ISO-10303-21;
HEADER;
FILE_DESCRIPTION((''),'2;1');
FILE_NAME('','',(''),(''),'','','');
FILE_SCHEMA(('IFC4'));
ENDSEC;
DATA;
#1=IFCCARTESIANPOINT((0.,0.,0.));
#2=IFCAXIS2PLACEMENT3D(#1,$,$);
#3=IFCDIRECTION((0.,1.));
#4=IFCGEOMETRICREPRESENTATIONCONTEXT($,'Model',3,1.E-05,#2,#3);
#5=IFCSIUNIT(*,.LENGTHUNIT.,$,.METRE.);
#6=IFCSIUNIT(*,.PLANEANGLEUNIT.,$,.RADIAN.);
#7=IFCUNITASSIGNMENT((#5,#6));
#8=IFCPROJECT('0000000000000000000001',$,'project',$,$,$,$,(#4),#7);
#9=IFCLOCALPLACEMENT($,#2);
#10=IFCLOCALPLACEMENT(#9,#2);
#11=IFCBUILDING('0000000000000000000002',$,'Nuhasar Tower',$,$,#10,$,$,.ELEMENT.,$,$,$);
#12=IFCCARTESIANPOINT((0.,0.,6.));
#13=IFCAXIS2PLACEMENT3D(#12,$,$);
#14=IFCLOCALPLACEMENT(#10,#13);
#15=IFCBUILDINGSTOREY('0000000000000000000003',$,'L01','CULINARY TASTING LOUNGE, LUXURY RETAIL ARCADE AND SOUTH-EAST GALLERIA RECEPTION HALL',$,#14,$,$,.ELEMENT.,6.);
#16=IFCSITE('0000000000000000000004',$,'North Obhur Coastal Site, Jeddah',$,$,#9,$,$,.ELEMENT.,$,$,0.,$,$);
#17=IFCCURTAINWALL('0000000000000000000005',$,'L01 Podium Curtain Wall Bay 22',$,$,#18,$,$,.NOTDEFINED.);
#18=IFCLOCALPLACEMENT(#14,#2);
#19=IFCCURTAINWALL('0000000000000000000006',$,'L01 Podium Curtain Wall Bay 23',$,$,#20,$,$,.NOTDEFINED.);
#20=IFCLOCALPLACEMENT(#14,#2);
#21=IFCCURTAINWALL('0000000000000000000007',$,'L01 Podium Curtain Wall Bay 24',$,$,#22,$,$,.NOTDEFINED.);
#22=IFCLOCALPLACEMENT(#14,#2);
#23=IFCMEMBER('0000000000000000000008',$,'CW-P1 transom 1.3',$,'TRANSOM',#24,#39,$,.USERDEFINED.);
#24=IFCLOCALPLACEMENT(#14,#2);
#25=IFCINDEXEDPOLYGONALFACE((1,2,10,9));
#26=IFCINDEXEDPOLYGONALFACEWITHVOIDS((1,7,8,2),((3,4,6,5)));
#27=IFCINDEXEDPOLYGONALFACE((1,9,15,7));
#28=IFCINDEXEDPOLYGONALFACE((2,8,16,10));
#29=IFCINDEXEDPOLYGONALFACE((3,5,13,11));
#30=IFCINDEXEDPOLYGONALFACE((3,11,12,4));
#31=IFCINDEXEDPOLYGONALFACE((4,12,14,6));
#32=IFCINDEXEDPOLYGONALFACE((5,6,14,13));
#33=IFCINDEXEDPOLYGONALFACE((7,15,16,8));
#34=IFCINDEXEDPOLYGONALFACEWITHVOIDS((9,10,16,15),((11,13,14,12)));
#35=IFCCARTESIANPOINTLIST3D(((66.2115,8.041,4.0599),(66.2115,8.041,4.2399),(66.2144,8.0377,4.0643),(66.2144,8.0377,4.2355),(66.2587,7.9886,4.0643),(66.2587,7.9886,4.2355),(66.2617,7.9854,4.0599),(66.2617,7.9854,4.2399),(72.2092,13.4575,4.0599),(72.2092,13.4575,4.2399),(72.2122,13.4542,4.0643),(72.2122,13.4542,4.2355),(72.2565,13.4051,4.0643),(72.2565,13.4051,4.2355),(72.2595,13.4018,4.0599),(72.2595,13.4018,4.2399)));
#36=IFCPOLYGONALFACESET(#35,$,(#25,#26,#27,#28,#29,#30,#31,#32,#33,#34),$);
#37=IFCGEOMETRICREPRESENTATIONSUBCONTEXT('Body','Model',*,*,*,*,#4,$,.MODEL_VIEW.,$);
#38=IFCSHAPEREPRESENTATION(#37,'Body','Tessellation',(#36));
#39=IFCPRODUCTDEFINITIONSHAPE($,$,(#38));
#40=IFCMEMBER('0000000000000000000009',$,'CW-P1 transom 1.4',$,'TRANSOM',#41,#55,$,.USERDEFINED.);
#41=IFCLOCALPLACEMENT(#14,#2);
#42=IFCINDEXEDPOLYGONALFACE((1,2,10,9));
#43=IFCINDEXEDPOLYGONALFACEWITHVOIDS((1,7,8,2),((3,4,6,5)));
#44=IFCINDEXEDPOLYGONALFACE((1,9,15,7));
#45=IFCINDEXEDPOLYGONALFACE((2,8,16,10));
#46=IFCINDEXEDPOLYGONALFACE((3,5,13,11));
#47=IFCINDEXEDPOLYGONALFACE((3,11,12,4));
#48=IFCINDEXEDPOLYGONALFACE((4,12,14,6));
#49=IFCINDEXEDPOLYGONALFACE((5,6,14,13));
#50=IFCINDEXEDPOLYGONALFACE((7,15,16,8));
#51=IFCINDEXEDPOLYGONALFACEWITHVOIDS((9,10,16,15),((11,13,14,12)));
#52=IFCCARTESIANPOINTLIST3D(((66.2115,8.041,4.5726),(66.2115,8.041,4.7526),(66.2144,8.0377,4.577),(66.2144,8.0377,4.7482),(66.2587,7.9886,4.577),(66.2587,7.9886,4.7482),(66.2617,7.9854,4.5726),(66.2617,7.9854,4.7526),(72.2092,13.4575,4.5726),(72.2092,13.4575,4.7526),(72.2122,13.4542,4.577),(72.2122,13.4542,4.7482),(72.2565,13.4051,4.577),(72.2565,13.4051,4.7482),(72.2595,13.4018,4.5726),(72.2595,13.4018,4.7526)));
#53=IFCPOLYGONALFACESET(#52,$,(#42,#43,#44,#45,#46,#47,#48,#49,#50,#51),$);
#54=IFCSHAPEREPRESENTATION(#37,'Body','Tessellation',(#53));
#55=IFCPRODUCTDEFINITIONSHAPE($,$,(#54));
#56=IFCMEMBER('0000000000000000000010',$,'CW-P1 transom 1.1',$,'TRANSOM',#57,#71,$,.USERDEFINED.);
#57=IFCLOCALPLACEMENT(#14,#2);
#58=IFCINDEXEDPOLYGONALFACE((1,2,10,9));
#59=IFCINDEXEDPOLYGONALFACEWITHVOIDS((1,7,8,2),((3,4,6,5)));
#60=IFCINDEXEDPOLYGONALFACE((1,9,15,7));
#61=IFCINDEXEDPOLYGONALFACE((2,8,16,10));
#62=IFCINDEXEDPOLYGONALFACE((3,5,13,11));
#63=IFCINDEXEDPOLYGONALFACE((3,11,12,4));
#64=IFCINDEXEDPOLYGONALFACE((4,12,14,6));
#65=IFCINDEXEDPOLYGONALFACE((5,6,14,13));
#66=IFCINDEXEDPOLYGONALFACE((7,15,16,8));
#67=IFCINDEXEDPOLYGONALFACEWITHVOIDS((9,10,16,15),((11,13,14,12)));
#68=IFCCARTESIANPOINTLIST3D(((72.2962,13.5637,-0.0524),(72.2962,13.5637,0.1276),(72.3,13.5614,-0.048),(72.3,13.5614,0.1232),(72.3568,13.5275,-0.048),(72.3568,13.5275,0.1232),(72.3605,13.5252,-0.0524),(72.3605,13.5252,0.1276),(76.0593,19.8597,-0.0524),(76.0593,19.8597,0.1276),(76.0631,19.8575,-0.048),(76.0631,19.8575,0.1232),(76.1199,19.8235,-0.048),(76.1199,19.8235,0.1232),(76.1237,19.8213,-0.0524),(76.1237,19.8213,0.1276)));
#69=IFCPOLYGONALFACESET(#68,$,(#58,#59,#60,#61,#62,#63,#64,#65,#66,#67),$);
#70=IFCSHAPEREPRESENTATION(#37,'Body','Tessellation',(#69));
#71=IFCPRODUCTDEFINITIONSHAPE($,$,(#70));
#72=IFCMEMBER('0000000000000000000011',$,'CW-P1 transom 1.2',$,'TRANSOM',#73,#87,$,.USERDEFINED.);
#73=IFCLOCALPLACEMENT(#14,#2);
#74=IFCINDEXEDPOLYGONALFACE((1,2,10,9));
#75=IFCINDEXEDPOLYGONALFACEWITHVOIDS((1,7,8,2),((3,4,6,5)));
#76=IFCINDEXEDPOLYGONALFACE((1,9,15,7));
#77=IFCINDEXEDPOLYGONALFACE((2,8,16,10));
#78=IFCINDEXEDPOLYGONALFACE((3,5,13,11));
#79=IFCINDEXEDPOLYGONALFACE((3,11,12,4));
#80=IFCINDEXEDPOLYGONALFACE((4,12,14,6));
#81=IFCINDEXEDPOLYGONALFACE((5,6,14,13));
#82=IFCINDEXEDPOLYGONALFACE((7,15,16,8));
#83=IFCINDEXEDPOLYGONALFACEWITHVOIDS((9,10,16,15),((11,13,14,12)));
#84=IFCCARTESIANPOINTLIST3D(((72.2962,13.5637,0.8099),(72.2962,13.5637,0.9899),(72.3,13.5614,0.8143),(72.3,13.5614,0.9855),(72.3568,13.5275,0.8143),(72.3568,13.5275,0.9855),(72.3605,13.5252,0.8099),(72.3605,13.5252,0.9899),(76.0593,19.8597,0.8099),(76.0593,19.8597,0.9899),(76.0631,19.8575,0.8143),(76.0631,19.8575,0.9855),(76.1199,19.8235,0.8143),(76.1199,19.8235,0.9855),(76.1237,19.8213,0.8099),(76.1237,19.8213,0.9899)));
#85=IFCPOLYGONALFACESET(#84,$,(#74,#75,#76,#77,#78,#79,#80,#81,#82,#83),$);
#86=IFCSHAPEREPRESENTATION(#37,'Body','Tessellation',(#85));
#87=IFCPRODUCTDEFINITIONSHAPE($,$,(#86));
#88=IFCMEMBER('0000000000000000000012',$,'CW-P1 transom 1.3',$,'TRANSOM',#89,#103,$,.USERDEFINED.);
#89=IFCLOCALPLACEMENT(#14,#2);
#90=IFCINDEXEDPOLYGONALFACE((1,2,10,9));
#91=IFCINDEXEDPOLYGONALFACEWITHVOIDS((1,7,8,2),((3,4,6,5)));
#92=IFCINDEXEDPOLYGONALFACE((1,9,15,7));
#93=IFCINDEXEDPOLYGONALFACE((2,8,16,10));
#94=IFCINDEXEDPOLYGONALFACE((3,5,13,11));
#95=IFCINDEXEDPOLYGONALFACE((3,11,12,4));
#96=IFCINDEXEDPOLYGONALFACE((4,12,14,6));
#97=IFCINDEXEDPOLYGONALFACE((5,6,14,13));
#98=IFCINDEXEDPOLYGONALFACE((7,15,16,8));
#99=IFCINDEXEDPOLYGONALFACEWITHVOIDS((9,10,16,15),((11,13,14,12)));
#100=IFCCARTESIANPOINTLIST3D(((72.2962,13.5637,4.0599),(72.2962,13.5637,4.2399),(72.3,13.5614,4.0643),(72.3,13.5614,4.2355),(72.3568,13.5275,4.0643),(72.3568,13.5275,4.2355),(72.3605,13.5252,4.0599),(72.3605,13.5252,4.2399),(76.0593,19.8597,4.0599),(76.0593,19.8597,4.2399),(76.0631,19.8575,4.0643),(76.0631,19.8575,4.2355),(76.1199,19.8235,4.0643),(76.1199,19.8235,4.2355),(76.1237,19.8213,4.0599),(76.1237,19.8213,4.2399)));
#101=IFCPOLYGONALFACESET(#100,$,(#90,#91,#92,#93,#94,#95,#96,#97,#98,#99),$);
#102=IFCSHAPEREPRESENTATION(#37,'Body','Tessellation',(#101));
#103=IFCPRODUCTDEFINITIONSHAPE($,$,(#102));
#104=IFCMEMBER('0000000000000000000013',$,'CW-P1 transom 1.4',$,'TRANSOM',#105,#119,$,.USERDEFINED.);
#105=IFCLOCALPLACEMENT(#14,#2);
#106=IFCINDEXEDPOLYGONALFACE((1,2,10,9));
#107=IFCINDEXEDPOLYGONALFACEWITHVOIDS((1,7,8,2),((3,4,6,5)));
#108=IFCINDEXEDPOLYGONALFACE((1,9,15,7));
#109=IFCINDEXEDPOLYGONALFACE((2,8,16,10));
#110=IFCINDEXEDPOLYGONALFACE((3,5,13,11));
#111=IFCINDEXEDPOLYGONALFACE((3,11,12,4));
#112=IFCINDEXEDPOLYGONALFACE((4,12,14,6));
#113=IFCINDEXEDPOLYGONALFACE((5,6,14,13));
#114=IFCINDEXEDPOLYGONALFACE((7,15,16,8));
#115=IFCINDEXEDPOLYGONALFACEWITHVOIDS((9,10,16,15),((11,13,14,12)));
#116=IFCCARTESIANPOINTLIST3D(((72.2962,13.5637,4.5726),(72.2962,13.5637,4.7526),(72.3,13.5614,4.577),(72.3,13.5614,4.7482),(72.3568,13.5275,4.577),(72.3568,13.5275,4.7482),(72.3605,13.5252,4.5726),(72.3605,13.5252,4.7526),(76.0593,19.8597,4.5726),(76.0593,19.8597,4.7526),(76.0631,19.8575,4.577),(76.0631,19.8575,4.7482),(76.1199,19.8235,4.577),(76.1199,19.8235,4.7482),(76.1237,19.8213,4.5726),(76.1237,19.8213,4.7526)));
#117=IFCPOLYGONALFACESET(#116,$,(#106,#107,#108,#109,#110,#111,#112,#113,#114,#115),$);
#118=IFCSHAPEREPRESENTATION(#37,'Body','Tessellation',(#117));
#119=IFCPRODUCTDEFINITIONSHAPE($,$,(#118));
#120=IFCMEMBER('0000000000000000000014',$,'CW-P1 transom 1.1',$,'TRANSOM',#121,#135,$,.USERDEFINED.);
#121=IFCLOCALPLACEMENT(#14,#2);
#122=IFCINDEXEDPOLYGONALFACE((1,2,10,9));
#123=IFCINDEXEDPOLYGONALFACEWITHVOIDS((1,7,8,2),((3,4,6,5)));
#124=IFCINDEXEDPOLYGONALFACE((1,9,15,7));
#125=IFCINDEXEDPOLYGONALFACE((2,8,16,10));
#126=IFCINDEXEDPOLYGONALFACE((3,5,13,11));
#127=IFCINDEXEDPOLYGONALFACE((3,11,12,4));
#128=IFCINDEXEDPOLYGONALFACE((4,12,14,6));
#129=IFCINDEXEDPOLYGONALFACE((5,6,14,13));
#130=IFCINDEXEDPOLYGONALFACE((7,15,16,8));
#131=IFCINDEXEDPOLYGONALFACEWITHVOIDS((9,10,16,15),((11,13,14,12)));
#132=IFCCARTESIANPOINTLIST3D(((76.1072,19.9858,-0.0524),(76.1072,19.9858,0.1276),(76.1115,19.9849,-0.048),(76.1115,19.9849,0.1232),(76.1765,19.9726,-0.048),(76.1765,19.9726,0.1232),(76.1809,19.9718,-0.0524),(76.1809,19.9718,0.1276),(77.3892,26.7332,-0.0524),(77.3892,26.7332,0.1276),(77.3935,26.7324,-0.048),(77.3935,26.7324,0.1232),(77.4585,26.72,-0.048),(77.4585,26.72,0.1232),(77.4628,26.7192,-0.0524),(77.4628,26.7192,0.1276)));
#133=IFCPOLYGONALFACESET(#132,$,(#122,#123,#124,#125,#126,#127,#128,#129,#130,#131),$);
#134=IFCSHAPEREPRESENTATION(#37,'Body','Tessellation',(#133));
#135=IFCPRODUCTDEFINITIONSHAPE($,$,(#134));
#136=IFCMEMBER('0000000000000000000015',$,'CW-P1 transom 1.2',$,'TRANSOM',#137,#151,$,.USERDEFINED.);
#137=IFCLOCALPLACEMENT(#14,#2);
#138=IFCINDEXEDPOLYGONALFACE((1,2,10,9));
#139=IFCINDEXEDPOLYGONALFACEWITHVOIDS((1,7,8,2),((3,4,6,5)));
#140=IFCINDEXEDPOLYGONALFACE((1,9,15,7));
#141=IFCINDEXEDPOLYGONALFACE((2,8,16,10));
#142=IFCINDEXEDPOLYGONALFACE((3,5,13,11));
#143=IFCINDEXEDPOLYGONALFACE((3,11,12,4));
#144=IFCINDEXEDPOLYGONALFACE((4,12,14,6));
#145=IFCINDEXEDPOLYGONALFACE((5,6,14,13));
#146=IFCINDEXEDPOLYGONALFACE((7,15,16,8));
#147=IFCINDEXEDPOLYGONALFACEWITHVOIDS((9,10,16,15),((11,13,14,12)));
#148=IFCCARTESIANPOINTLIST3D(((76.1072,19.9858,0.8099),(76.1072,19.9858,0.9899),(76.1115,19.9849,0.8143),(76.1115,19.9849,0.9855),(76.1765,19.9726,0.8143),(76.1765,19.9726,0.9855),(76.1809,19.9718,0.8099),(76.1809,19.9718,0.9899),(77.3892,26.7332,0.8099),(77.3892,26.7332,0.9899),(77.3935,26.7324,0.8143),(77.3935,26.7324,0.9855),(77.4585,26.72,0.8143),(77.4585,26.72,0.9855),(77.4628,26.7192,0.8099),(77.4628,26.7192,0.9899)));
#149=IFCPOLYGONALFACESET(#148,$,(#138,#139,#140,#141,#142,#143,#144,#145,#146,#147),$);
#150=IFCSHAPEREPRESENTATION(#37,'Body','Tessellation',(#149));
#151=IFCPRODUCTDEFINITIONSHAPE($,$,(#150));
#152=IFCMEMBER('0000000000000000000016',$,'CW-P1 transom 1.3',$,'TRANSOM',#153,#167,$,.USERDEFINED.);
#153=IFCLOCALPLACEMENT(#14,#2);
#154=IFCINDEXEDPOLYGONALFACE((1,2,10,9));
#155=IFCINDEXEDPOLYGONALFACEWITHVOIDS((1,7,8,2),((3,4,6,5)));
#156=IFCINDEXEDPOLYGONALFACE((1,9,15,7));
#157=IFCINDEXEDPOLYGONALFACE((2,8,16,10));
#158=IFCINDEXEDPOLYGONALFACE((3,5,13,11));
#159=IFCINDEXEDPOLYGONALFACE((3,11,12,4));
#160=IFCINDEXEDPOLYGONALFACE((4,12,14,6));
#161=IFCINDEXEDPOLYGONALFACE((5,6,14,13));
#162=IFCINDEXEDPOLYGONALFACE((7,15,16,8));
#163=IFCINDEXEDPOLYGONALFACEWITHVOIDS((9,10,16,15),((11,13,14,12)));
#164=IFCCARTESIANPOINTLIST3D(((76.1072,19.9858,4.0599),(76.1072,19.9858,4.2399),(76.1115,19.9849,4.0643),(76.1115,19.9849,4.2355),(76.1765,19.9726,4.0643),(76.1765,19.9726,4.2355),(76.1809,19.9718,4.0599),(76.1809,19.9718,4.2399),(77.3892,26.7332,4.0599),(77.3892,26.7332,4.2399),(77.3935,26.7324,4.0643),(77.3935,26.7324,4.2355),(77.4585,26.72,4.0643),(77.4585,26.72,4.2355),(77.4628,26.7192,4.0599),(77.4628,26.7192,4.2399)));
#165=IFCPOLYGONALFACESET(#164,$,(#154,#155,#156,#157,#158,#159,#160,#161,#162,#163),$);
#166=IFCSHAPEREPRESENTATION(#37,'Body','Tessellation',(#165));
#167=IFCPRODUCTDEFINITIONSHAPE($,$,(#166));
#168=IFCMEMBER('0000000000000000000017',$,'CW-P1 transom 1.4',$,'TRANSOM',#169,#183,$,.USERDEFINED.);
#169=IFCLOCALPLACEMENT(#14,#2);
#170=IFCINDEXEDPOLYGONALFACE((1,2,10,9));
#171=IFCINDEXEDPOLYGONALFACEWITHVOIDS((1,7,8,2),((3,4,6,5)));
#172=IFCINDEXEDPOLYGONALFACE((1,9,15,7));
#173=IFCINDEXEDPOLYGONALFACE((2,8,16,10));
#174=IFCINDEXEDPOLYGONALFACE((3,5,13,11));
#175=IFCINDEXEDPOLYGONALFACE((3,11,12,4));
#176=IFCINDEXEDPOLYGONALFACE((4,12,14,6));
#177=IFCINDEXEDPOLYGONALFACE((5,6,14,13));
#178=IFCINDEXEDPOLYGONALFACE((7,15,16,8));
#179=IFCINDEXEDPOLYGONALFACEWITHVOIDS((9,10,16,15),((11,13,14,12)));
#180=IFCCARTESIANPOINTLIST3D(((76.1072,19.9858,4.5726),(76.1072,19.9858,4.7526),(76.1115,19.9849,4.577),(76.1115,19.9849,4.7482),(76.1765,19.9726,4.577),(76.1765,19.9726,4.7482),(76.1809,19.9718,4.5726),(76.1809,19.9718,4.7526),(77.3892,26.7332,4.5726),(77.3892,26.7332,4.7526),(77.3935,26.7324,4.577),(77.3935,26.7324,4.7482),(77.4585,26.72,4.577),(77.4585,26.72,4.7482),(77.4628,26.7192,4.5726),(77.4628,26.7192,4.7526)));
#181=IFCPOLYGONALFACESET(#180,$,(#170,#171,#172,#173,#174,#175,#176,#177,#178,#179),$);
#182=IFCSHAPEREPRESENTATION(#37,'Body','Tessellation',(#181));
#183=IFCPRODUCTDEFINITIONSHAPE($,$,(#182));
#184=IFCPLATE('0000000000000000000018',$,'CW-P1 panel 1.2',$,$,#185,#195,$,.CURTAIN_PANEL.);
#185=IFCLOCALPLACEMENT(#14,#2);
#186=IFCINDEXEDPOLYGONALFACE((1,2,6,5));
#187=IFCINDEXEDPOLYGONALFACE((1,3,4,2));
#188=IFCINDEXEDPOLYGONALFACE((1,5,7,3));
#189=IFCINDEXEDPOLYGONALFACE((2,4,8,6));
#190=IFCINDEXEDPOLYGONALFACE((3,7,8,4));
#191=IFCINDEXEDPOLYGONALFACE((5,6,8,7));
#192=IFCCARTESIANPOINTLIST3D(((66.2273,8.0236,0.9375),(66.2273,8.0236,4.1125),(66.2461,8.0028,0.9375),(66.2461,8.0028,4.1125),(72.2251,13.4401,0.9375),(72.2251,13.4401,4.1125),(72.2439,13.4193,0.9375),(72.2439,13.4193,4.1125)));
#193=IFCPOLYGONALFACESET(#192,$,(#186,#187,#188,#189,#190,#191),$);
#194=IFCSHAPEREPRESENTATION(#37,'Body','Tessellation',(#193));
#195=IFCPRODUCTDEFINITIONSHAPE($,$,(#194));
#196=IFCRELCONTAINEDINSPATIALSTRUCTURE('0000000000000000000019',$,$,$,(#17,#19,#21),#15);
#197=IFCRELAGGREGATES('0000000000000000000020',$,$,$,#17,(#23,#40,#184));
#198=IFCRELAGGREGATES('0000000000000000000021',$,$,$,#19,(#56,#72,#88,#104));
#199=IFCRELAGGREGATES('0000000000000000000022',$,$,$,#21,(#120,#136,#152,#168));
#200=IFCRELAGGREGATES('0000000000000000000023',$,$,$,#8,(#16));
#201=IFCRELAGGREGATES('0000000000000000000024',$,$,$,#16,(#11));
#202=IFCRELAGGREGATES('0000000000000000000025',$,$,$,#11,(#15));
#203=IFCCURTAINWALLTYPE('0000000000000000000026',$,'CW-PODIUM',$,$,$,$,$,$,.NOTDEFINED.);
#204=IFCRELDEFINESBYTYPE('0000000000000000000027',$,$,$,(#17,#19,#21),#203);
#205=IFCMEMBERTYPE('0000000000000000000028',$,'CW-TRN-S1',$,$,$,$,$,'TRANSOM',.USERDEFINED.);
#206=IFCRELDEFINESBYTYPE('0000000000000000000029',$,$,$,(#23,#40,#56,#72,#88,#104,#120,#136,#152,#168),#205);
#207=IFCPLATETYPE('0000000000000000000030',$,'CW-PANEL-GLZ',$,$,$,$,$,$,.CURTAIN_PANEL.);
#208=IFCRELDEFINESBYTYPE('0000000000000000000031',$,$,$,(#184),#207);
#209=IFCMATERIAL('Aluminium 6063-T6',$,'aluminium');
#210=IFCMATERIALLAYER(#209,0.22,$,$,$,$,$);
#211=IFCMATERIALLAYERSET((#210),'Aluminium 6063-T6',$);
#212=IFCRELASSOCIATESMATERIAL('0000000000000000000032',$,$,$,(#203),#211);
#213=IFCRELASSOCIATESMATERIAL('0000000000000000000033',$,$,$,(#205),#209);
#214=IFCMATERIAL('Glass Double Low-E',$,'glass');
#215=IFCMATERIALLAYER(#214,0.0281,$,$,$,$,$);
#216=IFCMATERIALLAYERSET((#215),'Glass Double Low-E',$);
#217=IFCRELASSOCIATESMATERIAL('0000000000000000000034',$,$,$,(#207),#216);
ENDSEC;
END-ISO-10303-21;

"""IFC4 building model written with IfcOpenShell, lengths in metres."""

from ifc_helpers import new_model, si_unit, direction, frame, origin, origin_2d, place, context, subcontext, project, spatial, rectangle, hollow_rectangle, extrude, material, layer, layer_set, material_profile, profile_set, type_object, element, aggregate, save


model = new_model("IFC4")

# Units and contexts
model_context = context("Model", 3, precision=1e-05, world=origin(), true_north=direction((0.0, 1.0)))
body_context = subcontext(model_context, "Body", "Model", "MODEL_VIEW")
ifc_project = project(units=[si_unit("LENGTHUNIT", "METRE"), si_unit("PLANEANGLEUNIT", "RADIAN")], contexts=[model_context])

# Site, building, storey
site_placement = place(None, origin())
site = spatial("IfcSite", under=ifc_project, at=site_placement, Name="North Obhur Coastal Site, Jeddah", CompositionType="ELEMENT", RefElevation=0.0)
building_placement = place(site_placement, origin())
building = spatial("IfcBuilding", under=site, at=building_placement, Name="Nuhasar Tower", CompositionType="ELEMENT")
storey_placement = place(building_placement, frame((0.0, 0.0, 6.0)))
storey = spatial("IfcBuildingStorey", under=building, at=storey_placement, Name="L01", Description="CULINARY TASTING LOUNGE, LUXURY RETAIL ARCADE AND SOUTH-EAST GALLERIA RECEPTION HALL", CompositionType="ELEMENT", Elevation=6.0)

# Shared definitions
ifc_material_1 = material(Name="Aluminium 6063-T6", Category="aluminium")
ifc_layer_1 = layer(ifc_material_1, 0.22)
ifc_layer_set_1 = layer_set([ifc_layer_1], Name="Aluminium 6063-T6")
curtain_wall_type = type_object("IfcCurtainWallType", Name="CW-PODIUM", PredefinedType="NOTDEFINED", material=ifc_layer_set_1)

# Curtain walls
curtain_wall_1_placement = place(storey_placement, origin())
curtain_wall_1 = element("IfcCurtainWall", 1, at=curtain_wall_1_placement, inside=storey, type_object=curtain_wall_type, Name="L01 Podium Curtain Wall Bay 22", PredefinedType="NOTDEFINED")
curtain_wall_2_placement = place(storey_placement, origin())
curtain_wall_2 = element("IfcCurtainWall", 2, at=curtain_wall_2_placement, inside=storey, type_object=curtain_wall_type, Name="L01 Podium Curtain Wall Bay 23", PredefinedType="NOTDEFINED")

# Curtain wall
curtain_wall_3_placement = place(storey_placement, origin())
curtain_wall_3 = element("IfcCurtainWall", 3, at=curtain_wall_3_placement, inside=storey, type_object=curtain_wall_type, Name="L01 Podium Curtain Wall Bay 24", PredefinedType="NOTDEFINED")

# Members
ifc_material_profile_1 = material_profile(ifc_material_1, hollow_rectangle(XDim=0.075, YDim=0.1799, WallThickness=0.0044, at=origin_2d()), Name="CWT-1")
ifc_profile_set_1 = profile_set([ifc_material_profile_1], Name="Aluminium 6063-T6")
member_type_1 = type_object("IfcMemberType", Name="CW-TRN-S1", ElementType="TRANSOM", PredefinedType="USERDEFINED", material=ifc_profile_set_1)
member_1_placement = place(storey_placement, frame((66.2366, 8.0132, 4.1499), z_axis=(0.742156, 0.670227, 0.0), x_axis=(-0.670227, 0.742156, 0.0)))
member_1 = element("IfcMember", 4, at=member_1_placement, type_object=member_type_1, Name="CW-P1 transom 1.3", ObjectType="TRANSOM", PredefinedType="USERDEFINED", context=body_context, shape_type="SweptSolid", body=[
    extrude(hollow_rectangle(XDim=0.075, YDim=0.1799, WallThickness=0.0044, at=origin_2d()), origin(), (0.0, 0.0, 1.0), 8.0815),
])
member_2_placement = place(storey_placement, frame((66.2366, 8.0132, 4.6626), z_axis=(0.742156, 0.670227, 0.0), x_axis=(-0.670227, 0.742156, 0.0)))
member_2 = element("IfcMember", 5, at=member_2_placement, type_object=member_type_1, Name="CW-P1 transom 1.4", ObjectType="TRANSOM", PredefinedType="USERDEFINED", context=body_context, shape_type="SweptSolid", body=[
    extrude(hollow_rectangle(XDim=0.075, YDim=0.1799, WallThickness=0.0044, at=origin_2d()), origin(), (0.0, 0.0, 1.0), 8.0815),
])
member_3_placement = place(storey_placement, frame((72.3284, 13.5444, 0.0376), z_axis=(0.513041, 0.858364, 0.0), x_axis=(-0.858364, 0.513041, 0.0)))
member_3 = element("IfcMember", 6, at=member_3_placement, type_object=member_type_1, Name="CW-P1 transom 1.1", ObjectType="TRANSOM", PredefinedType="USERDEFINED", context=body_context, shape_type="SweptSolid", body=[
    extrude(hollow_rectangle(XDim=0.075, YDim=0.1799, WallThickness=0.0044, at=origin_2d()), origin(), (0.0, 0.0, 1.0), 7.335),
])
member_4_placement = place(storey_placement, frame((72.3284, 13.5444, 0.8999), z_axis=(0.513041, 0.858364, 0.0), x_axis=(-0.858364, 0.513041, 0.0)))
member_4 = element("IfcMember", 7, at=member_4_placement, type_object=member_type_1, Name="CW-P1 transom 1.2", ObjectType="TRANSOM", PredefinedType="USERDEFINED", context=body_context, shape_type="SweptSolid", body=[
    extrude(hollow_rectangle(XDim=0.075, YDim=0.1799, WallThickness=0.0044, at=origin_2d()), origin(), (0.0, 0.0, 1.0), 7.335),
])
member_5_placement = place(storey_placement, frame((72.3284, 13.5444, 4.1499), z_axis=(0.513041, 0.858364, 0.0), x_axis=(-0.858364, 0.513041, 0.0)))
member_5 = element("IfcMember", 8, at=member_5_placement, type_object=member_type_1, Name="CW-P1 transom 1.3", ObjectType="TRANSOM", PredefinedType="USERDEFINED", context=body_context, shape_type="SweptSolid", body=[
    extrude(hollow_rectangle(XDim=0.075, YDim=0.1799, WallThickness=0.0044, at=origin_2d()), origin(), (0.0, 0.0, 1.0), 7.335),
])
member_6_placement = place(storey_placement, frame((72.3284, 13.5444, 4.6626), z_axis=(0.513041, 0.858364, 0.0), x_axis=(-0.858364, 0.513041, 0.0)))
member_6 = element("IfcMember", 9, at=member_6_placement, type_object=member_type_1, Name="CW-P1 transom 1.4", ObjectType="TRANSOM", PredefinedType="USERDEFINED", context=body_context, shape_type="SweptSolid", body=[
    extrude(hollow_rectangle(XDim=0.075, YDim=0.1799, WallThickness=0.0044, at=origin_2d()), origin(), (0.0, 0.0, 1.0), 7.335),
])
member_7_placement = place(storey_placement, frame((76.144, 19.9788, 0.0376), z_axis=(0.186653, 0.982426, 0.0), x_axis=(-0.982426, 0.186653, 0.0)))
member_7 = element("IfcMember", 10, at=member_7_placement, type_object=member_type_1, Name="CW-P1 transom 1.1", ObjectType="TRANSOM", PredefinedType="USERDEFINED", context=body_context, shape_type="SweptSolid", body=[
    extrude(hollow_rectangle(XDim=0.075, YDim=0.1799, WallThickness=0.0044, at=origin_2d()), origin(), (0.0, 0.0, 1.0), 6.8682),
])
member_8_placement = place(storey_placement, frame((76.144, 19.9788, 0.8999), z_axis=(0.186653, 0.982426, 0.0), x_axis=(-0.982426, 0.186653, 0.0)))
member_8 = element("IfcMember", 11, at=member_8_placement, type_object=member_type_1, Name="CW-P1 transom 1.2", ObjectType="TRANSOM", PredefinedType="USERDEFINED", context=body_context, shape_type="SweptSolid", body=[
    extrude(hollow_rectangle(XDim=0.075, YDim=0.1799, WallThickness=0.0044, at=origin_2d()), origin(), (0.0, 0.0, 1.0), 6.8682),
])
member_9_placement = place(storey_placement, frame((76.144, 19.9788, 4.1499), z_axis=(0.186653, 0.982426, 0.0), x_axis=(-0.982426, 0.186653, 0.0)))
member_9 = element("IfcMember", 12, at=member_9_placement, type_object=member_type_1, Name="CW-P1 transom 1.3", ObjectType="TRANSOM", PredefinedType="USERDEFINED", context=body_context, shape_type="SweptSolid", body=[
    extrude(hollow_rectangle(XDim=0.075, YDim=0.1799, WallThickness=0.0044, at=origin_2d()), origin(), (0.0, 0.0, 1.0), 6.8682),
])
member_10_placement = place(storey_placement, frame((76.144, 19.9788, 4.6626), z_axis=(0.186653, 0.982426, 0.0), x_axis=(-0.982426, 0.186653, 0.0)))
member_10 = element("IfcMember", 13, at=member_10_placement, type_object=member_type_1, Name="CW-P1 transom 1.4", ObjectType="TRANSOM", PredefinedType="USERDEFINED", context=body_context, shape_type="SweptSolid", body=[
    extrude(hollow_rectangle(XDim=0.075, YDim=0.1799, WallThickness=0.0044, at=origin_2d()), origin(), (0.0, 0.0, 1.0), 6.8682),
])

# Plate
ifc_material_2 = material(Name="Glass Double Low-E", Category="glass")
ifc_layer_2 = layer(ifc_material_2, 0.0281)
ifc_layer_set_2 = layer_set([ifc_layer_2], Name="Glass Double Low-E")
plate_type_1 = type_object("IfcPlateType", Name="CW-PANEL-GLZ", PredefinedType="CURTAIN_PANEL", material=ifc_layer_set_2)
plate_1_placement = place(storey_placement, frame((69.2356, 10.7214, 0.9375), z_axis=(0.0, 0.0, 1.0), x_axis=(0.742151, 0.670232, 0.0)))
plate_1 = element("IfcPlate", 14, at=plate_1_placement, type_object=plate_type_1, Name="CW-P1 panel 1.2", PredefinedType="CURTAIN_PANEL", context=body_context, shape_type="SweptSolid", body=[
    extrude(rectangle(XDim=8.0815, YDim=0.0281, at=origin_2d()), origin(), (0.0, 0.0, 1.0), 3.175),
])
aggregate(curtain_wall_1, [member_1, member_2, plate_1])
aggregate(curtain_wall_2, [member_3, member_4, member_5, member_6])
aggregate(curtain_wall_3, [member_7, member_8, member_9, member_10])

save(model, "model.ifc")
